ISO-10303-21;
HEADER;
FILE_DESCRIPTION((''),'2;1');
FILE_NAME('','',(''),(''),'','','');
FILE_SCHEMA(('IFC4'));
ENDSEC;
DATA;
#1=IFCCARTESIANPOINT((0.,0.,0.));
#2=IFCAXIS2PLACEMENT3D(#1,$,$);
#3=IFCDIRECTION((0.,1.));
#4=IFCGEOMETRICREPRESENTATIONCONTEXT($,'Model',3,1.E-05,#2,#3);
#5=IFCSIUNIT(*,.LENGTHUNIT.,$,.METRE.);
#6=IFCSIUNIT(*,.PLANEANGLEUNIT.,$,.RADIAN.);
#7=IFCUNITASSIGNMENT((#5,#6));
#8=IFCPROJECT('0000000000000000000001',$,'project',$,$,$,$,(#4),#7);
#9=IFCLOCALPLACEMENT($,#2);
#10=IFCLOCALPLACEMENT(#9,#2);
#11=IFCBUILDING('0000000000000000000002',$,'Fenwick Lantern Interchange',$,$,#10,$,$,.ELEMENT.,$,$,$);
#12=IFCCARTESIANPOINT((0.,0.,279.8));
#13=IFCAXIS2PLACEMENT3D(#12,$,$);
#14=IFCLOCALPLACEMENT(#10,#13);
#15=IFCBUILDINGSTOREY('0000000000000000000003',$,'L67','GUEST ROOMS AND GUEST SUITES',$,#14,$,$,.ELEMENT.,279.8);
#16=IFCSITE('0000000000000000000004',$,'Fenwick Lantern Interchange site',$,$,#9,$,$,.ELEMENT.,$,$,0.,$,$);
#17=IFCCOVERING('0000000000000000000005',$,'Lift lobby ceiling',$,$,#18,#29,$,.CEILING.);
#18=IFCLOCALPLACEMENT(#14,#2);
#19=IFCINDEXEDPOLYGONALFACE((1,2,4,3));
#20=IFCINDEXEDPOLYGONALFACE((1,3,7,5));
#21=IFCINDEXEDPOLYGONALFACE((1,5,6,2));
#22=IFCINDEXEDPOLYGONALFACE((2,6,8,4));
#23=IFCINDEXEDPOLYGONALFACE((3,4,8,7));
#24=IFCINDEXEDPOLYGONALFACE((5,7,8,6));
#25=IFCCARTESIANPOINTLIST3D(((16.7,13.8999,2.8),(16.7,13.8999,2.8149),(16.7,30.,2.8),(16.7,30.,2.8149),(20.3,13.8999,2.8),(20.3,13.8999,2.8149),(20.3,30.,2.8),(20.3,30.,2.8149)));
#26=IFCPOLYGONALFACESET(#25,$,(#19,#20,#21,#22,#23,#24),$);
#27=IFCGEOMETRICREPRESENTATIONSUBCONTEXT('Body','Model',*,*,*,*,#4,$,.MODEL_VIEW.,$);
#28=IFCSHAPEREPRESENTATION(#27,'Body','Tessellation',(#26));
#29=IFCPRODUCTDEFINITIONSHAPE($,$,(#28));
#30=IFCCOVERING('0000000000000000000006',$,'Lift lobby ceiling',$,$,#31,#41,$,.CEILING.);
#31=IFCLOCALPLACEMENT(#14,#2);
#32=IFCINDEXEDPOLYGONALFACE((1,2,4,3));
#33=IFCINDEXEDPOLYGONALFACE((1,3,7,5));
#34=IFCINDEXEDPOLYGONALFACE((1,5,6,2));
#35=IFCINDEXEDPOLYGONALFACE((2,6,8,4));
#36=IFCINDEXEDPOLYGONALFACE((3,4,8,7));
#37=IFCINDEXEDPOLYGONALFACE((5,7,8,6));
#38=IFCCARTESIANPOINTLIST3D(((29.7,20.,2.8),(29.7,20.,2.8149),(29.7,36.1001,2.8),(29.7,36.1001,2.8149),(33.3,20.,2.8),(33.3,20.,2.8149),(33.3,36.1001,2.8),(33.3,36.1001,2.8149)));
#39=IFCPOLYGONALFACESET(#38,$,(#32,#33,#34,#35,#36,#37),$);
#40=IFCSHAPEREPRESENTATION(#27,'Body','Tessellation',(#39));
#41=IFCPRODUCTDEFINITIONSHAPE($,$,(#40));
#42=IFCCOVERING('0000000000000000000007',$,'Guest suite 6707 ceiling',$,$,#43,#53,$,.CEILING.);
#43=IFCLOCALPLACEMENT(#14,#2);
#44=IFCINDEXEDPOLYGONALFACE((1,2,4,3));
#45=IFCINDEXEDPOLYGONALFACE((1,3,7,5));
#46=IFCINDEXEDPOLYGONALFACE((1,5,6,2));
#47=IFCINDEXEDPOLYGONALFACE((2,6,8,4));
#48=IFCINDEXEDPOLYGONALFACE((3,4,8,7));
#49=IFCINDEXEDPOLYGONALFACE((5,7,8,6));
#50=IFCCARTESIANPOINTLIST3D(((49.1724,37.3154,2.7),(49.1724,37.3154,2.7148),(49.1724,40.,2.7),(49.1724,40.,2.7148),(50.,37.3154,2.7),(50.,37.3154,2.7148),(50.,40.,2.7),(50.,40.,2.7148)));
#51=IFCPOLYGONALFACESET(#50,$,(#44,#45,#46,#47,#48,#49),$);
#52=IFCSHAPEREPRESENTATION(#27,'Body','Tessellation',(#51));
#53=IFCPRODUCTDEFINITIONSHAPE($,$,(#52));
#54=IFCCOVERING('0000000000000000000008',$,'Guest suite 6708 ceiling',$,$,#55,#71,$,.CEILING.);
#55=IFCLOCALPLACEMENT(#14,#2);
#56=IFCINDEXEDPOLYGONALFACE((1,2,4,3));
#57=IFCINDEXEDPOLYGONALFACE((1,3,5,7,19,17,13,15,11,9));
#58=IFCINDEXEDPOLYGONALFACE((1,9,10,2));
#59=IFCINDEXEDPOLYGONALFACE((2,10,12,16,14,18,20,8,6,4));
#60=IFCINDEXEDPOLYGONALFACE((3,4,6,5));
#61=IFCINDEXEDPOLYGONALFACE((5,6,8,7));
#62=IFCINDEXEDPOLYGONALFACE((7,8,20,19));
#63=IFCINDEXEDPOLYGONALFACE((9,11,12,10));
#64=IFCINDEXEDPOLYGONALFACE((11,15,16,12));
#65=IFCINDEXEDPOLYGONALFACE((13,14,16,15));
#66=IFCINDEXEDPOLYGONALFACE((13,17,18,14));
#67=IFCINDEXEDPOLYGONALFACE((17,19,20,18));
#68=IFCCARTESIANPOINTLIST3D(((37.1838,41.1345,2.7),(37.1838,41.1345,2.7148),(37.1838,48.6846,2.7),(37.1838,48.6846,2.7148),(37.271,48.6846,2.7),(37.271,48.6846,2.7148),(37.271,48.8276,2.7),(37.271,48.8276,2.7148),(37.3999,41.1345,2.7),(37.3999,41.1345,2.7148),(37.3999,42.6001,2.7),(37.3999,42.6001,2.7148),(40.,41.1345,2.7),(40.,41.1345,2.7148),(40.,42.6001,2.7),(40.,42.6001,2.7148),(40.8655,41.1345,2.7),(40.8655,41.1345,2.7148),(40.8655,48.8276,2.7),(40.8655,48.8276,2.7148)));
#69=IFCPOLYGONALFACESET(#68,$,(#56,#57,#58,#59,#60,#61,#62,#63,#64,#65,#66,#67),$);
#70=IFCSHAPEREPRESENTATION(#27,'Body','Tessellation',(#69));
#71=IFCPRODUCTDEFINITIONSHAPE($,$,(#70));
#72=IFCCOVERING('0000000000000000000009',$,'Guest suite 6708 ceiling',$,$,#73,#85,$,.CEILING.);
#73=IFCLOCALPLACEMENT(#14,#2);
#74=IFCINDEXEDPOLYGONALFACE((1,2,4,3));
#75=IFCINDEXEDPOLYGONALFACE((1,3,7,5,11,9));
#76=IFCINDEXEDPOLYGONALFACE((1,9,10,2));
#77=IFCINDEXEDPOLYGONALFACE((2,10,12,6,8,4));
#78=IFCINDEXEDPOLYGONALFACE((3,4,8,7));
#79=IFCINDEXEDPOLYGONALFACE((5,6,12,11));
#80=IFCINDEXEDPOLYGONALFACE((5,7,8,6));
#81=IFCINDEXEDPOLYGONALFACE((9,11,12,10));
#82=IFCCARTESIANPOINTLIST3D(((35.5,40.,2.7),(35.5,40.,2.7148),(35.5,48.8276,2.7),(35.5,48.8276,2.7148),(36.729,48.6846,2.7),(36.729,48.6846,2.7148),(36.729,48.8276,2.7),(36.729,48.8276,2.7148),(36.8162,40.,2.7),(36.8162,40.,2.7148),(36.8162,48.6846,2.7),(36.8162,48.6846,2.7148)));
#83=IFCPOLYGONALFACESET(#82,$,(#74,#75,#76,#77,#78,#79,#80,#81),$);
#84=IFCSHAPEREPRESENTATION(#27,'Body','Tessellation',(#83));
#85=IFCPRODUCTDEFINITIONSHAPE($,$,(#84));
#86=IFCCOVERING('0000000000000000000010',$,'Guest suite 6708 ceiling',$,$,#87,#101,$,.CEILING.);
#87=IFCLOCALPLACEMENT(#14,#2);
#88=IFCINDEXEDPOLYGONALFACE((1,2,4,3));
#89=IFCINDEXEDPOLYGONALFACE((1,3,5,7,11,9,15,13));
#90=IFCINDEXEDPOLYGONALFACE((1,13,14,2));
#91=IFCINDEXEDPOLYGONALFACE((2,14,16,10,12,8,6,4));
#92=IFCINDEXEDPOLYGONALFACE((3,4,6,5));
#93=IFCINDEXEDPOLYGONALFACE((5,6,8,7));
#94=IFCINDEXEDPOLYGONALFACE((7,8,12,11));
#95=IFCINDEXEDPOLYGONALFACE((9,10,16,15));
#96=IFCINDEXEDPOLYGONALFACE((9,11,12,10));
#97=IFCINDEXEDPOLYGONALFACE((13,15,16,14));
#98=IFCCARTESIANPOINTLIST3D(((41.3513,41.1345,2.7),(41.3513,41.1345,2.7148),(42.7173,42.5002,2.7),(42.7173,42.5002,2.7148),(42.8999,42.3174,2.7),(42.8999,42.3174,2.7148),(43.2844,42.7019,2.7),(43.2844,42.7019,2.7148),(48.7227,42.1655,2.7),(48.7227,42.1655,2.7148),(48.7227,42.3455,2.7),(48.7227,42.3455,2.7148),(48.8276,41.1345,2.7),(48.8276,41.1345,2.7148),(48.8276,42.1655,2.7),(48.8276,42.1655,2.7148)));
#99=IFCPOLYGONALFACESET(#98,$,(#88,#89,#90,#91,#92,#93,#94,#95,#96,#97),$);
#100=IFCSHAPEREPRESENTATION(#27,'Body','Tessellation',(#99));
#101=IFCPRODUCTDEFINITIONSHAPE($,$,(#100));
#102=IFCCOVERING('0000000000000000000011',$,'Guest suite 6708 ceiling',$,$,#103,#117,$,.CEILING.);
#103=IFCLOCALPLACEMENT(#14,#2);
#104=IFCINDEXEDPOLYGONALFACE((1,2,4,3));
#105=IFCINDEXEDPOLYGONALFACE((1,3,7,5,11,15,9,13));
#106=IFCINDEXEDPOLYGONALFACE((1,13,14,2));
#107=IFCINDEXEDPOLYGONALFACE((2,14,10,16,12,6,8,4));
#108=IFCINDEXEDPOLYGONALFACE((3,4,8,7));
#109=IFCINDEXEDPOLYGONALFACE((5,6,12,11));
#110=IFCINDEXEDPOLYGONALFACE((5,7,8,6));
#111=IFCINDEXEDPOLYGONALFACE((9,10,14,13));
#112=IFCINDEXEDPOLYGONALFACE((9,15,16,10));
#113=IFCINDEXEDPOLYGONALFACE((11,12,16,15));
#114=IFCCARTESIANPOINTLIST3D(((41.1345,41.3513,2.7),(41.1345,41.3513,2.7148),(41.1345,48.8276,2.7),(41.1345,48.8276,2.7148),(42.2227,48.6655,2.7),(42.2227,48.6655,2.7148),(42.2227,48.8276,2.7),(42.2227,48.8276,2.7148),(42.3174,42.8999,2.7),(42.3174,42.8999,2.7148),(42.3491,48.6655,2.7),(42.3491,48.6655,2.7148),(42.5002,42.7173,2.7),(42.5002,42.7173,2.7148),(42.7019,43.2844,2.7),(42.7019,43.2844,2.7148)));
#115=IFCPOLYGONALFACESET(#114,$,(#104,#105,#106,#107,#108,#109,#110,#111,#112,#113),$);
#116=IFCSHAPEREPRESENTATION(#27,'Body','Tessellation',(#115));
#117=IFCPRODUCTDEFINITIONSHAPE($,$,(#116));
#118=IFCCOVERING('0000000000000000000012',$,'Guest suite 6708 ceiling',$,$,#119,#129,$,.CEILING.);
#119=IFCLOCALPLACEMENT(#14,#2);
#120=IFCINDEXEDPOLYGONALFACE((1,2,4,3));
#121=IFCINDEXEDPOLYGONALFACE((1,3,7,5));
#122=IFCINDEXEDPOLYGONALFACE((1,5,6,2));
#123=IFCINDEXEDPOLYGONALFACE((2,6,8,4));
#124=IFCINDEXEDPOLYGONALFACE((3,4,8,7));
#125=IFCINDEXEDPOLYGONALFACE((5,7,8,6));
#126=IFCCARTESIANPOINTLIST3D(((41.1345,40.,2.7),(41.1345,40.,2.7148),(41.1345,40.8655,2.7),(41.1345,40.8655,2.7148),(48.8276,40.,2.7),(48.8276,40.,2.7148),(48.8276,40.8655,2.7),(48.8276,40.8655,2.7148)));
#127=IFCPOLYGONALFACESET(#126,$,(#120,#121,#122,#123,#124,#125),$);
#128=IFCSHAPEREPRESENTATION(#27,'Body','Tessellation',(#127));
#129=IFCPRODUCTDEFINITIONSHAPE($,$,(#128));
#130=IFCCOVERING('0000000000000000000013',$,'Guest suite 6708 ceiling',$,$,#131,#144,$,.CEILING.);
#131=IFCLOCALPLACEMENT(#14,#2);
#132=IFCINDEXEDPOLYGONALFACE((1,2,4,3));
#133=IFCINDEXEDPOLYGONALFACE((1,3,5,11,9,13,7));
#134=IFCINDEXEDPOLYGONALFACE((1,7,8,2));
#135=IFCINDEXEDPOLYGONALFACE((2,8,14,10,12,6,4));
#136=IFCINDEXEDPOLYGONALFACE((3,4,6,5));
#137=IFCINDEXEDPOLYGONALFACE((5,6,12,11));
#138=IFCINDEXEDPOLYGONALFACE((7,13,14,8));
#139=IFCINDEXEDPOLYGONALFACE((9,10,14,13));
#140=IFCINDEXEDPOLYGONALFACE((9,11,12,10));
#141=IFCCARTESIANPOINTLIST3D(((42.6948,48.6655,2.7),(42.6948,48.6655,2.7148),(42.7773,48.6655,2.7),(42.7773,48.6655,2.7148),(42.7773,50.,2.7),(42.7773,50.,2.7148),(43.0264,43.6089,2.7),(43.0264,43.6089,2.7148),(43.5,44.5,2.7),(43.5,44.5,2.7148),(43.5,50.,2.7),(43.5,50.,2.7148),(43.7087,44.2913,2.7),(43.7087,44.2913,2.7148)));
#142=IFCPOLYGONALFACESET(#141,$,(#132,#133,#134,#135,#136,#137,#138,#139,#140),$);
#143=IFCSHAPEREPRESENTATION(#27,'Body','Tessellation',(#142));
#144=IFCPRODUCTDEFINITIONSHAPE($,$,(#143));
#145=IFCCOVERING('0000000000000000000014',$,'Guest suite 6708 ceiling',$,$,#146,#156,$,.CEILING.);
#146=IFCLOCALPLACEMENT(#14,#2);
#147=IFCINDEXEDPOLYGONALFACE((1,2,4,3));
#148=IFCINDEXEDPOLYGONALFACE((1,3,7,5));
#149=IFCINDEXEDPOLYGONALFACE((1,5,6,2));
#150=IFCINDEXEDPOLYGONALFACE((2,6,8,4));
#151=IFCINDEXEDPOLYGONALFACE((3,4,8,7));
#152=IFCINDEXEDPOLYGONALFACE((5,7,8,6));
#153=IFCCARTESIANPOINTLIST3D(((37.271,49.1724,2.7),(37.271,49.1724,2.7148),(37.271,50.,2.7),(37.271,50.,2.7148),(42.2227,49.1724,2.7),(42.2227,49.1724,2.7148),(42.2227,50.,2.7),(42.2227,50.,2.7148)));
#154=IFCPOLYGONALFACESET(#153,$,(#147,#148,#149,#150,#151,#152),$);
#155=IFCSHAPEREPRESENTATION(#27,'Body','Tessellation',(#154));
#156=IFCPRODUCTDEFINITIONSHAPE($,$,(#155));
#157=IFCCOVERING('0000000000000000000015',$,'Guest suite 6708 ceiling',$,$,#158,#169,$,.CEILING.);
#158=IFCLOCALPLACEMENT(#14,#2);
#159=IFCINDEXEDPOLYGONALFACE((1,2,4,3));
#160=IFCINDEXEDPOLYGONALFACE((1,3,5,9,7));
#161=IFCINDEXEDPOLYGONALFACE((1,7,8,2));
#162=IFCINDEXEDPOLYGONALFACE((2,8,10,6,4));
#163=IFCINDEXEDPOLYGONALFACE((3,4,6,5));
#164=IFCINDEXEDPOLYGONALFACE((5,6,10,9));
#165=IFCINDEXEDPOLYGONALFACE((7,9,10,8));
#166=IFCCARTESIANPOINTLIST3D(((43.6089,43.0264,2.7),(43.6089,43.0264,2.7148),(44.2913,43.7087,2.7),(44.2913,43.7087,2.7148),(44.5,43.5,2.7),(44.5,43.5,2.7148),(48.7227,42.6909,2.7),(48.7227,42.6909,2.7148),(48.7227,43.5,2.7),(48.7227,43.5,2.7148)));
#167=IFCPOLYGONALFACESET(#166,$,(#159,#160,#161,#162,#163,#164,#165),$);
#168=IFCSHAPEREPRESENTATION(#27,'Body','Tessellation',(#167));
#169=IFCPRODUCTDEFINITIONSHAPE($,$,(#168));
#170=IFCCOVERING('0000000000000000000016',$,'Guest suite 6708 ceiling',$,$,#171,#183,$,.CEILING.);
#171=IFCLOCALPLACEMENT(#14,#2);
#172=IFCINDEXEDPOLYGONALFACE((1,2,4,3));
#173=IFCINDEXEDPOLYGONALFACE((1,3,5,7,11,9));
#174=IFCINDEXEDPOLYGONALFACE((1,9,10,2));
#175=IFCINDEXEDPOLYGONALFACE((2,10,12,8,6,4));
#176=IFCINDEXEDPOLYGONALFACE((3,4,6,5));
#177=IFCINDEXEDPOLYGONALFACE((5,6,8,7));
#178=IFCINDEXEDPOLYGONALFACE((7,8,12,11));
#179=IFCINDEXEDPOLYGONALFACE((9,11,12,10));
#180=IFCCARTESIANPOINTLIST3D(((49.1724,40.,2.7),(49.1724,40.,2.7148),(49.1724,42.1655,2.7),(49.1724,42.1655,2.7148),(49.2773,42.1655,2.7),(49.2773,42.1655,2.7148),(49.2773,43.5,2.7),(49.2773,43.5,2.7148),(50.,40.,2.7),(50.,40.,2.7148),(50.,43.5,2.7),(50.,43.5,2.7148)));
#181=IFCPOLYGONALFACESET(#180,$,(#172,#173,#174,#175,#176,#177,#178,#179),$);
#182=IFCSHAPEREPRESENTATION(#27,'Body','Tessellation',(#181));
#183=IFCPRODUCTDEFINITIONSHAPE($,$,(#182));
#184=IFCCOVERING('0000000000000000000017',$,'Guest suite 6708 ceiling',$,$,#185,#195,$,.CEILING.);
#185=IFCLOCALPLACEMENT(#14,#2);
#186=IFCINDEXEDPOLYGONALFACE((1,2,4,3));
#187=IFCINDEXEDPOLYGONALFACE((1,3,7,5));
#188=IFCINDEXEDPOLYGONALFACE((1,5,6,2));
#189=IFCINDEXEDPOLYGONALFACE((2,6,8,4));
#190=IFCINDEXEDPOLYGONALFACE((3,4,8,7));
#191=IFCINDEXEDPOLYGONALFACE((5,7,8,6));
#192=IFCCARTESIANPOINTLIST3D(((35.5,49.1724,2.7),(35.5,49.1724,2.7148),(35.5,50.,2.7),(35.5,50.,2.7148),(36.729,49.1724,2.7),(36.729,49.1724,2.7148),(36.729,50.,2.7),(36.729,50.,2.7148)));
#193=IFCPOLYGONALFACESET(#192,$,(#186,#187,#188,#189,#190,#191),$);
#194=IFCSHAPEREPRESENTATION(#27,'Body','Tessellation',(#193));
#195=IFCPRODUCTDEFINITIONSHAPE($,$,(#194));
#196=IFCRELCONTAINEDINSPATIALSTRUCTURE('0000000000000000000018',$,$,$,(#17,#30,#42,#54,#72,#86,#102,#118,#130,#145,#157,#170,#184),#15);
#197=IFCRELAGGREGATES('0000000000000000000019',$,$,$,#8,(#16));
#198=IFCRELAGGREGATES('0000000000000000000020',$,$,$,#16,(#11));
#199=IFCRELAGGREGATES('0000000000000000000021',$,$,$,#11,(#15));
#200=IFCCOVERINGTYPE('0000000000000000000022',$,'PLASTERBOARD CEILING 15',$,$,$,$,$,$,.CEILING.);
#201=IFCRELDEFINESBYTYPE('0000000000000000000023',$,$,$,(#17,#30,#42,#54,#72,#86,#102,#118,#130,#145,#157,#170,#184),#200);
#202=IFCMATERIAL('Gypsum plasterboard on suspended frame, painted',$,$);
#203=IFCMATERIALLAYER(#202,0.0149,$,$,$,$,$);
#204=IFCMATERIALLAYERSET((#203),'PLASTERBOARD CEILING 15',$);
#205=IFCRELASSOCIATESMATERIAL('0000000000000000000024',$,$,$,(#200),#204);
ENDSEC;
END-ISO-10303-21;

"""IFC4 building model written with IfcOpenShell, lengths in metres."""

from ifc_helpers import new_model, si_unit, direction, frame, origin, place, context, subcontext, project, spatial, polyline, outline, extrude, material, layer, layer_set, type_object, element, save


model = new_model("IFC4")

# Units and contexts
model_context = context("Model", 3, precision=1e-05, world=origin(), true_north=direction((0.0, 1.0)))
body_context = subcontext(model_context, "Body", "Model", "MODEL_VIEW")
ifc_project = project(units=[si_unit("LENGTHUNIT", "METRE"), si_unit("PLANEANGLEUNIT", "RADIAN")], contexts=[model_context])

# Site, building, storey
site_placement = place(None, origin())
site = spatial("IfcSite", under=ifc_project, at=site_placement, Name="Fenwick Lantern Interchange site", CompositionType="ELEMENT", RefElevation=0.0)
building_placement = place(site_placement, origin())
building = spatial("IfcBuilding", under=site, at=building_placement, Name="Fenwick Lantern Interchange", CompositionType="ELEMENT")
storey_placement = place(building_placement, frame((0.0, 0.0, 279.8)))
storey = spatial("IfcBuildingStorey", under=building, at=storey_placement, Name="L67", Description="GUEST ROOMS AND GUEST SUITES", CompositionType="ELEMENT", Elevation=279.8)

# Coverings
ifc_material = material(Name="Gypsum plasterboard on suspended frame, painted")
ifc_layer = layer(ifc_material, 0.0149)
ifc_layer_set = layer_set([ifc_layer], Name="PLASTERBOARD CEILING 15")
covering_type = type_object("IfcCoveringType", Name="PLASTERBOARD CEILING 15", PredefinedType="CEILING", material=ifc_layer_set)
covering_1_placement = place(storey_placement, frame((0.0, 0.0, 2.8)))
element("IfcCovering", 1, at=covering_1_placement, inside=storey, type_object=covering_type, Name="Lift lobby ceiling", PredefinedType="CEILING", context=body_context, shape_type="SweptSolid", body=[
    extrude(outline(polyline([(16.7, 13.8999), (20.3, 13.8999), (20.3, 30.0), (16.7, 30.0), (16.7, 13.8999)])), origin(), (0.0, 0.0, 1.0), 0.0149),
])
covering_2_placement = place(storey_placement, frame((0.0, 0.0, 2.8)))
element("IfcCovering", 2, at=covering_2_placement, inside=storey, type_object=covering_type, Name="Lift lobby ceiling", PredefinedType="CEILING", context=body_context, shape_type="SweptSolid", body=[
    extrude(outline(polyline([(33.3, 36.1001), (29.7, 36.1001), (29.7, 20.0), (33.3, 20.0), (33.3, 36.1001)])), origin(), (0.0, 0.0, 1.0), 0.0149),
])
covering_3_placement = place(storey_placement, frame((0.0, 0.0, 2.7)))
element("IfcCovering", 3, at=covering_3_placement, inside=storey, type_object=covering_type, Name="Guest suite 6707 ceiling", PredefinedType="CEILING", context=body_context, shape_type="SweptSolid", body=[
    extrude(outline(polyline([(49.1724, 37.3154), (50.0, 37.3154), (50.0, 40.0), (49.1724, 40.0), (49.1724, 37.3154)])), origin(), (0.0, 0.0, 1.0), 0.0149),
])
covering_4_placement = place(storey_placement, frame((0.0, 0.0, 2.7)))
element("IfcCovering", 4, at=covering_4_placement, inside=storey, type_object=covering_type, Name="Guest suite 6708 ceiling", PredefinedType="CEILING", context=body_context, shape_type="SweptSolid", body=[
    extrude(outline(polyline([(40.0, 42.6001), (40.0, 41.1345), (40.8655, 41.1345), (40.8655, 48.8276), (37.271, 48.8276), (37.271, 48.6846), (37.1838, 48.6846), (37.1838, 41.1345), (37.3999, 41.1345), (37.3999, 42.6001), (40.0, 42.6001)])), origin(), (0.0, 0.0, 1.0), 0.0149),
])
covering_5_placement = place(storey_placement, frame((0.0, 0.0, 2.7)))
element("IfcCovering", 5, at=covering_5_placement, inside=storey, type_object=covering_type, Name="Guest suite 6708 ceiling", PredefinedType="CEILING", context=body_context, shape_type="SweptSolid", body=[
    extrude(outline(polyline([(35.5, 40.0), (36.8162, 40.0), (36.8162, 48.6846), (36.729, 48.6846), (36.729, 48.8276), (35.5, 48.8276), (35.5, 40.0)])), origin(), (0.0, 0.0, 1.0), 0.0149),
])
covering_6_placement = place(storey_placement, frame((0.0, 0.0, 2.7)))
element("IfcCovering", 6, at=covering_6_placement, inside=storey, type_object=covering_type, Name="Guest suite 6708 ceiling", PredefinedType="CEILING", context=body_context, shape_type="SweptSolid", body=[
    extrude(outline(polyline([(42.8999, 42.3174), (42.7173, 42.5002), (41.3513, 41.1345), (48.8276, 41.1345), (48.8276, 42.1655), (48.7227, 42.1655), (48.7227, 42.3455), (43.2844, 42.7019), (42.8999, 42.3174)])), origin(), (0.0, 0.0, 1.0), 0.0149),
])
covering_7_placement = place(storey_placement, frame((0.0, 0.0, 2.7)))
element("IfcCovering", 7, at=covering_7_placement, inside=storey, type_object=covering_type, Name="Guest suite 6708 ceiling", PredefinedType="CEILING", context=body_context, shape_type="SweptSolid", body=[
    extrude(outline(polyline([(42.2227, 48.6655), (42.2227, 48.8276), (41.1345, 48.8276), (41.1345, 41.3513), (42.5002, 42.7173), (42.3174, 42.8999), (42.7019, 43.2844), (42.3491, 48.6655), (42.2227, 48.6655)])), origin(), (0.0, 0.0, 1.0), 0.0149),
])
covering_8_placement = place(storey_placement, frame((0.0, 0.0, 2.7)))
element("IfcCovering", 8, at=covering_8_placement, inside=storey, type_object=covering_type, Name="Guest suite 6708 ceiling", PredefinedType="CEILING", context=body_context, shape_type="SweptSolid", body=[
    extrude(outline(polyline([(41.1345, 40.0), (48.8276, 40.0), (48.8276, 40.8655), (41.1345, 40.8655), (41.1345, 40.0)])), origin(), (0.0, 0.0, 1.0), 0.0149),
])
covering_9_placement = place(storey_placement, frame((0.0, 0.0, 2.7)))
element("IfcCovering", 9, at=covering_9_placement, inside=storey, type_object=covering_type, Name="Guest suite 6708 ceiling", PredefinedType="CEILING", context=body_context, shape_type="SweptSolid", body=[
    extrude(outline(polyline([(42.7773, 48.6655), (42.6948, 48.6655), (43.0264, 43.6089), (43.7087, 44.2913), (43.5, 44.5), (43.5, 50.0), (42.7773, 50.0), (42.7773, 48.6655)])), origin(), (0.0, 0.0, 1.0), 0.0149),
])
covering_10_placement = place(storey_placement, frame((0.0, 0.0, 2.7)))
element("IfcCovering", 10, at=covering_10_placement, inside=storey, type_object=covering_type, Name="Guest suite 6708 ceiling", PredefinedType="CEILING", context=body_context, shape_type="SweptSolid", body=[
    extrude(outline(polyline([(37.271, 50.0), (37.271, 49.1724), (42.2227, 49.1724), (42.2227, 50.0), (37.271, 50.0)])), origin(), (0.0, 0.0, 1.0), 0.0149),
])
covering_11_placement = place(storey_placement, frame((0.0, 0.0, 2.7)))
element("IfcCovering", 11, at=covering_11_placement, inside=storey, type_object=covering_type, Name="Guest suite 6708 ceiling", PredefinedType="CEILING", context=body_context, shape_type="SweptSolid", body=[
    extrude(outline(polyline([(44.2913, 43.7087), (43.6089, 43.0264), (48.7227, 42.6909), (48.7227, 43.5), (44.5, 43.5), (44.2913, 43.7087)])), origin(), (0.0, 0.0, 1.0), 0.0149),
])
covering_12_placement = place(storey_placement, frame((0.0, 0.0, 2.7)))
element("IfcCovering", 12, at=covering_12_placement, inside=storey, type_object=covering_type, Name="Guest suite 6708 ceiling", PredefinedType="CEILING", context=body_context, shape_type="SweptSolid", body=[
    extrude(outline(polyline([(49.2773, 43.5), (49.2773, 42.1655), (49.1724, 42.1655), (49.1724, 40.0), (50.0, 40.0), (50.0, 43.5), (49.2773, 43.5)])), origin(), (0.0, 0.0, 1.0), 0.0149),
])
covering_13_placement = place(storey_placement, frame((0.0, 0.0, 2.7)))
element("IfcCovering", 13, at=covering_13_placement, inside=storey, type_object=covering_type, Name="Guest suite 6708 ceiling", PredefinedType="CEILING", context=body_context, shape_type="SweptSolid", body=[
    extrude(outline(polyline([(35.5, 50.0), (35.5, 49.1724), (36.729, 49.1724), (36.729, 50.0), (35.5, 50.0)])), origin(), (0.0, 0.0, 1.0), 0.0149),
])

save(model, "model.ifc")
